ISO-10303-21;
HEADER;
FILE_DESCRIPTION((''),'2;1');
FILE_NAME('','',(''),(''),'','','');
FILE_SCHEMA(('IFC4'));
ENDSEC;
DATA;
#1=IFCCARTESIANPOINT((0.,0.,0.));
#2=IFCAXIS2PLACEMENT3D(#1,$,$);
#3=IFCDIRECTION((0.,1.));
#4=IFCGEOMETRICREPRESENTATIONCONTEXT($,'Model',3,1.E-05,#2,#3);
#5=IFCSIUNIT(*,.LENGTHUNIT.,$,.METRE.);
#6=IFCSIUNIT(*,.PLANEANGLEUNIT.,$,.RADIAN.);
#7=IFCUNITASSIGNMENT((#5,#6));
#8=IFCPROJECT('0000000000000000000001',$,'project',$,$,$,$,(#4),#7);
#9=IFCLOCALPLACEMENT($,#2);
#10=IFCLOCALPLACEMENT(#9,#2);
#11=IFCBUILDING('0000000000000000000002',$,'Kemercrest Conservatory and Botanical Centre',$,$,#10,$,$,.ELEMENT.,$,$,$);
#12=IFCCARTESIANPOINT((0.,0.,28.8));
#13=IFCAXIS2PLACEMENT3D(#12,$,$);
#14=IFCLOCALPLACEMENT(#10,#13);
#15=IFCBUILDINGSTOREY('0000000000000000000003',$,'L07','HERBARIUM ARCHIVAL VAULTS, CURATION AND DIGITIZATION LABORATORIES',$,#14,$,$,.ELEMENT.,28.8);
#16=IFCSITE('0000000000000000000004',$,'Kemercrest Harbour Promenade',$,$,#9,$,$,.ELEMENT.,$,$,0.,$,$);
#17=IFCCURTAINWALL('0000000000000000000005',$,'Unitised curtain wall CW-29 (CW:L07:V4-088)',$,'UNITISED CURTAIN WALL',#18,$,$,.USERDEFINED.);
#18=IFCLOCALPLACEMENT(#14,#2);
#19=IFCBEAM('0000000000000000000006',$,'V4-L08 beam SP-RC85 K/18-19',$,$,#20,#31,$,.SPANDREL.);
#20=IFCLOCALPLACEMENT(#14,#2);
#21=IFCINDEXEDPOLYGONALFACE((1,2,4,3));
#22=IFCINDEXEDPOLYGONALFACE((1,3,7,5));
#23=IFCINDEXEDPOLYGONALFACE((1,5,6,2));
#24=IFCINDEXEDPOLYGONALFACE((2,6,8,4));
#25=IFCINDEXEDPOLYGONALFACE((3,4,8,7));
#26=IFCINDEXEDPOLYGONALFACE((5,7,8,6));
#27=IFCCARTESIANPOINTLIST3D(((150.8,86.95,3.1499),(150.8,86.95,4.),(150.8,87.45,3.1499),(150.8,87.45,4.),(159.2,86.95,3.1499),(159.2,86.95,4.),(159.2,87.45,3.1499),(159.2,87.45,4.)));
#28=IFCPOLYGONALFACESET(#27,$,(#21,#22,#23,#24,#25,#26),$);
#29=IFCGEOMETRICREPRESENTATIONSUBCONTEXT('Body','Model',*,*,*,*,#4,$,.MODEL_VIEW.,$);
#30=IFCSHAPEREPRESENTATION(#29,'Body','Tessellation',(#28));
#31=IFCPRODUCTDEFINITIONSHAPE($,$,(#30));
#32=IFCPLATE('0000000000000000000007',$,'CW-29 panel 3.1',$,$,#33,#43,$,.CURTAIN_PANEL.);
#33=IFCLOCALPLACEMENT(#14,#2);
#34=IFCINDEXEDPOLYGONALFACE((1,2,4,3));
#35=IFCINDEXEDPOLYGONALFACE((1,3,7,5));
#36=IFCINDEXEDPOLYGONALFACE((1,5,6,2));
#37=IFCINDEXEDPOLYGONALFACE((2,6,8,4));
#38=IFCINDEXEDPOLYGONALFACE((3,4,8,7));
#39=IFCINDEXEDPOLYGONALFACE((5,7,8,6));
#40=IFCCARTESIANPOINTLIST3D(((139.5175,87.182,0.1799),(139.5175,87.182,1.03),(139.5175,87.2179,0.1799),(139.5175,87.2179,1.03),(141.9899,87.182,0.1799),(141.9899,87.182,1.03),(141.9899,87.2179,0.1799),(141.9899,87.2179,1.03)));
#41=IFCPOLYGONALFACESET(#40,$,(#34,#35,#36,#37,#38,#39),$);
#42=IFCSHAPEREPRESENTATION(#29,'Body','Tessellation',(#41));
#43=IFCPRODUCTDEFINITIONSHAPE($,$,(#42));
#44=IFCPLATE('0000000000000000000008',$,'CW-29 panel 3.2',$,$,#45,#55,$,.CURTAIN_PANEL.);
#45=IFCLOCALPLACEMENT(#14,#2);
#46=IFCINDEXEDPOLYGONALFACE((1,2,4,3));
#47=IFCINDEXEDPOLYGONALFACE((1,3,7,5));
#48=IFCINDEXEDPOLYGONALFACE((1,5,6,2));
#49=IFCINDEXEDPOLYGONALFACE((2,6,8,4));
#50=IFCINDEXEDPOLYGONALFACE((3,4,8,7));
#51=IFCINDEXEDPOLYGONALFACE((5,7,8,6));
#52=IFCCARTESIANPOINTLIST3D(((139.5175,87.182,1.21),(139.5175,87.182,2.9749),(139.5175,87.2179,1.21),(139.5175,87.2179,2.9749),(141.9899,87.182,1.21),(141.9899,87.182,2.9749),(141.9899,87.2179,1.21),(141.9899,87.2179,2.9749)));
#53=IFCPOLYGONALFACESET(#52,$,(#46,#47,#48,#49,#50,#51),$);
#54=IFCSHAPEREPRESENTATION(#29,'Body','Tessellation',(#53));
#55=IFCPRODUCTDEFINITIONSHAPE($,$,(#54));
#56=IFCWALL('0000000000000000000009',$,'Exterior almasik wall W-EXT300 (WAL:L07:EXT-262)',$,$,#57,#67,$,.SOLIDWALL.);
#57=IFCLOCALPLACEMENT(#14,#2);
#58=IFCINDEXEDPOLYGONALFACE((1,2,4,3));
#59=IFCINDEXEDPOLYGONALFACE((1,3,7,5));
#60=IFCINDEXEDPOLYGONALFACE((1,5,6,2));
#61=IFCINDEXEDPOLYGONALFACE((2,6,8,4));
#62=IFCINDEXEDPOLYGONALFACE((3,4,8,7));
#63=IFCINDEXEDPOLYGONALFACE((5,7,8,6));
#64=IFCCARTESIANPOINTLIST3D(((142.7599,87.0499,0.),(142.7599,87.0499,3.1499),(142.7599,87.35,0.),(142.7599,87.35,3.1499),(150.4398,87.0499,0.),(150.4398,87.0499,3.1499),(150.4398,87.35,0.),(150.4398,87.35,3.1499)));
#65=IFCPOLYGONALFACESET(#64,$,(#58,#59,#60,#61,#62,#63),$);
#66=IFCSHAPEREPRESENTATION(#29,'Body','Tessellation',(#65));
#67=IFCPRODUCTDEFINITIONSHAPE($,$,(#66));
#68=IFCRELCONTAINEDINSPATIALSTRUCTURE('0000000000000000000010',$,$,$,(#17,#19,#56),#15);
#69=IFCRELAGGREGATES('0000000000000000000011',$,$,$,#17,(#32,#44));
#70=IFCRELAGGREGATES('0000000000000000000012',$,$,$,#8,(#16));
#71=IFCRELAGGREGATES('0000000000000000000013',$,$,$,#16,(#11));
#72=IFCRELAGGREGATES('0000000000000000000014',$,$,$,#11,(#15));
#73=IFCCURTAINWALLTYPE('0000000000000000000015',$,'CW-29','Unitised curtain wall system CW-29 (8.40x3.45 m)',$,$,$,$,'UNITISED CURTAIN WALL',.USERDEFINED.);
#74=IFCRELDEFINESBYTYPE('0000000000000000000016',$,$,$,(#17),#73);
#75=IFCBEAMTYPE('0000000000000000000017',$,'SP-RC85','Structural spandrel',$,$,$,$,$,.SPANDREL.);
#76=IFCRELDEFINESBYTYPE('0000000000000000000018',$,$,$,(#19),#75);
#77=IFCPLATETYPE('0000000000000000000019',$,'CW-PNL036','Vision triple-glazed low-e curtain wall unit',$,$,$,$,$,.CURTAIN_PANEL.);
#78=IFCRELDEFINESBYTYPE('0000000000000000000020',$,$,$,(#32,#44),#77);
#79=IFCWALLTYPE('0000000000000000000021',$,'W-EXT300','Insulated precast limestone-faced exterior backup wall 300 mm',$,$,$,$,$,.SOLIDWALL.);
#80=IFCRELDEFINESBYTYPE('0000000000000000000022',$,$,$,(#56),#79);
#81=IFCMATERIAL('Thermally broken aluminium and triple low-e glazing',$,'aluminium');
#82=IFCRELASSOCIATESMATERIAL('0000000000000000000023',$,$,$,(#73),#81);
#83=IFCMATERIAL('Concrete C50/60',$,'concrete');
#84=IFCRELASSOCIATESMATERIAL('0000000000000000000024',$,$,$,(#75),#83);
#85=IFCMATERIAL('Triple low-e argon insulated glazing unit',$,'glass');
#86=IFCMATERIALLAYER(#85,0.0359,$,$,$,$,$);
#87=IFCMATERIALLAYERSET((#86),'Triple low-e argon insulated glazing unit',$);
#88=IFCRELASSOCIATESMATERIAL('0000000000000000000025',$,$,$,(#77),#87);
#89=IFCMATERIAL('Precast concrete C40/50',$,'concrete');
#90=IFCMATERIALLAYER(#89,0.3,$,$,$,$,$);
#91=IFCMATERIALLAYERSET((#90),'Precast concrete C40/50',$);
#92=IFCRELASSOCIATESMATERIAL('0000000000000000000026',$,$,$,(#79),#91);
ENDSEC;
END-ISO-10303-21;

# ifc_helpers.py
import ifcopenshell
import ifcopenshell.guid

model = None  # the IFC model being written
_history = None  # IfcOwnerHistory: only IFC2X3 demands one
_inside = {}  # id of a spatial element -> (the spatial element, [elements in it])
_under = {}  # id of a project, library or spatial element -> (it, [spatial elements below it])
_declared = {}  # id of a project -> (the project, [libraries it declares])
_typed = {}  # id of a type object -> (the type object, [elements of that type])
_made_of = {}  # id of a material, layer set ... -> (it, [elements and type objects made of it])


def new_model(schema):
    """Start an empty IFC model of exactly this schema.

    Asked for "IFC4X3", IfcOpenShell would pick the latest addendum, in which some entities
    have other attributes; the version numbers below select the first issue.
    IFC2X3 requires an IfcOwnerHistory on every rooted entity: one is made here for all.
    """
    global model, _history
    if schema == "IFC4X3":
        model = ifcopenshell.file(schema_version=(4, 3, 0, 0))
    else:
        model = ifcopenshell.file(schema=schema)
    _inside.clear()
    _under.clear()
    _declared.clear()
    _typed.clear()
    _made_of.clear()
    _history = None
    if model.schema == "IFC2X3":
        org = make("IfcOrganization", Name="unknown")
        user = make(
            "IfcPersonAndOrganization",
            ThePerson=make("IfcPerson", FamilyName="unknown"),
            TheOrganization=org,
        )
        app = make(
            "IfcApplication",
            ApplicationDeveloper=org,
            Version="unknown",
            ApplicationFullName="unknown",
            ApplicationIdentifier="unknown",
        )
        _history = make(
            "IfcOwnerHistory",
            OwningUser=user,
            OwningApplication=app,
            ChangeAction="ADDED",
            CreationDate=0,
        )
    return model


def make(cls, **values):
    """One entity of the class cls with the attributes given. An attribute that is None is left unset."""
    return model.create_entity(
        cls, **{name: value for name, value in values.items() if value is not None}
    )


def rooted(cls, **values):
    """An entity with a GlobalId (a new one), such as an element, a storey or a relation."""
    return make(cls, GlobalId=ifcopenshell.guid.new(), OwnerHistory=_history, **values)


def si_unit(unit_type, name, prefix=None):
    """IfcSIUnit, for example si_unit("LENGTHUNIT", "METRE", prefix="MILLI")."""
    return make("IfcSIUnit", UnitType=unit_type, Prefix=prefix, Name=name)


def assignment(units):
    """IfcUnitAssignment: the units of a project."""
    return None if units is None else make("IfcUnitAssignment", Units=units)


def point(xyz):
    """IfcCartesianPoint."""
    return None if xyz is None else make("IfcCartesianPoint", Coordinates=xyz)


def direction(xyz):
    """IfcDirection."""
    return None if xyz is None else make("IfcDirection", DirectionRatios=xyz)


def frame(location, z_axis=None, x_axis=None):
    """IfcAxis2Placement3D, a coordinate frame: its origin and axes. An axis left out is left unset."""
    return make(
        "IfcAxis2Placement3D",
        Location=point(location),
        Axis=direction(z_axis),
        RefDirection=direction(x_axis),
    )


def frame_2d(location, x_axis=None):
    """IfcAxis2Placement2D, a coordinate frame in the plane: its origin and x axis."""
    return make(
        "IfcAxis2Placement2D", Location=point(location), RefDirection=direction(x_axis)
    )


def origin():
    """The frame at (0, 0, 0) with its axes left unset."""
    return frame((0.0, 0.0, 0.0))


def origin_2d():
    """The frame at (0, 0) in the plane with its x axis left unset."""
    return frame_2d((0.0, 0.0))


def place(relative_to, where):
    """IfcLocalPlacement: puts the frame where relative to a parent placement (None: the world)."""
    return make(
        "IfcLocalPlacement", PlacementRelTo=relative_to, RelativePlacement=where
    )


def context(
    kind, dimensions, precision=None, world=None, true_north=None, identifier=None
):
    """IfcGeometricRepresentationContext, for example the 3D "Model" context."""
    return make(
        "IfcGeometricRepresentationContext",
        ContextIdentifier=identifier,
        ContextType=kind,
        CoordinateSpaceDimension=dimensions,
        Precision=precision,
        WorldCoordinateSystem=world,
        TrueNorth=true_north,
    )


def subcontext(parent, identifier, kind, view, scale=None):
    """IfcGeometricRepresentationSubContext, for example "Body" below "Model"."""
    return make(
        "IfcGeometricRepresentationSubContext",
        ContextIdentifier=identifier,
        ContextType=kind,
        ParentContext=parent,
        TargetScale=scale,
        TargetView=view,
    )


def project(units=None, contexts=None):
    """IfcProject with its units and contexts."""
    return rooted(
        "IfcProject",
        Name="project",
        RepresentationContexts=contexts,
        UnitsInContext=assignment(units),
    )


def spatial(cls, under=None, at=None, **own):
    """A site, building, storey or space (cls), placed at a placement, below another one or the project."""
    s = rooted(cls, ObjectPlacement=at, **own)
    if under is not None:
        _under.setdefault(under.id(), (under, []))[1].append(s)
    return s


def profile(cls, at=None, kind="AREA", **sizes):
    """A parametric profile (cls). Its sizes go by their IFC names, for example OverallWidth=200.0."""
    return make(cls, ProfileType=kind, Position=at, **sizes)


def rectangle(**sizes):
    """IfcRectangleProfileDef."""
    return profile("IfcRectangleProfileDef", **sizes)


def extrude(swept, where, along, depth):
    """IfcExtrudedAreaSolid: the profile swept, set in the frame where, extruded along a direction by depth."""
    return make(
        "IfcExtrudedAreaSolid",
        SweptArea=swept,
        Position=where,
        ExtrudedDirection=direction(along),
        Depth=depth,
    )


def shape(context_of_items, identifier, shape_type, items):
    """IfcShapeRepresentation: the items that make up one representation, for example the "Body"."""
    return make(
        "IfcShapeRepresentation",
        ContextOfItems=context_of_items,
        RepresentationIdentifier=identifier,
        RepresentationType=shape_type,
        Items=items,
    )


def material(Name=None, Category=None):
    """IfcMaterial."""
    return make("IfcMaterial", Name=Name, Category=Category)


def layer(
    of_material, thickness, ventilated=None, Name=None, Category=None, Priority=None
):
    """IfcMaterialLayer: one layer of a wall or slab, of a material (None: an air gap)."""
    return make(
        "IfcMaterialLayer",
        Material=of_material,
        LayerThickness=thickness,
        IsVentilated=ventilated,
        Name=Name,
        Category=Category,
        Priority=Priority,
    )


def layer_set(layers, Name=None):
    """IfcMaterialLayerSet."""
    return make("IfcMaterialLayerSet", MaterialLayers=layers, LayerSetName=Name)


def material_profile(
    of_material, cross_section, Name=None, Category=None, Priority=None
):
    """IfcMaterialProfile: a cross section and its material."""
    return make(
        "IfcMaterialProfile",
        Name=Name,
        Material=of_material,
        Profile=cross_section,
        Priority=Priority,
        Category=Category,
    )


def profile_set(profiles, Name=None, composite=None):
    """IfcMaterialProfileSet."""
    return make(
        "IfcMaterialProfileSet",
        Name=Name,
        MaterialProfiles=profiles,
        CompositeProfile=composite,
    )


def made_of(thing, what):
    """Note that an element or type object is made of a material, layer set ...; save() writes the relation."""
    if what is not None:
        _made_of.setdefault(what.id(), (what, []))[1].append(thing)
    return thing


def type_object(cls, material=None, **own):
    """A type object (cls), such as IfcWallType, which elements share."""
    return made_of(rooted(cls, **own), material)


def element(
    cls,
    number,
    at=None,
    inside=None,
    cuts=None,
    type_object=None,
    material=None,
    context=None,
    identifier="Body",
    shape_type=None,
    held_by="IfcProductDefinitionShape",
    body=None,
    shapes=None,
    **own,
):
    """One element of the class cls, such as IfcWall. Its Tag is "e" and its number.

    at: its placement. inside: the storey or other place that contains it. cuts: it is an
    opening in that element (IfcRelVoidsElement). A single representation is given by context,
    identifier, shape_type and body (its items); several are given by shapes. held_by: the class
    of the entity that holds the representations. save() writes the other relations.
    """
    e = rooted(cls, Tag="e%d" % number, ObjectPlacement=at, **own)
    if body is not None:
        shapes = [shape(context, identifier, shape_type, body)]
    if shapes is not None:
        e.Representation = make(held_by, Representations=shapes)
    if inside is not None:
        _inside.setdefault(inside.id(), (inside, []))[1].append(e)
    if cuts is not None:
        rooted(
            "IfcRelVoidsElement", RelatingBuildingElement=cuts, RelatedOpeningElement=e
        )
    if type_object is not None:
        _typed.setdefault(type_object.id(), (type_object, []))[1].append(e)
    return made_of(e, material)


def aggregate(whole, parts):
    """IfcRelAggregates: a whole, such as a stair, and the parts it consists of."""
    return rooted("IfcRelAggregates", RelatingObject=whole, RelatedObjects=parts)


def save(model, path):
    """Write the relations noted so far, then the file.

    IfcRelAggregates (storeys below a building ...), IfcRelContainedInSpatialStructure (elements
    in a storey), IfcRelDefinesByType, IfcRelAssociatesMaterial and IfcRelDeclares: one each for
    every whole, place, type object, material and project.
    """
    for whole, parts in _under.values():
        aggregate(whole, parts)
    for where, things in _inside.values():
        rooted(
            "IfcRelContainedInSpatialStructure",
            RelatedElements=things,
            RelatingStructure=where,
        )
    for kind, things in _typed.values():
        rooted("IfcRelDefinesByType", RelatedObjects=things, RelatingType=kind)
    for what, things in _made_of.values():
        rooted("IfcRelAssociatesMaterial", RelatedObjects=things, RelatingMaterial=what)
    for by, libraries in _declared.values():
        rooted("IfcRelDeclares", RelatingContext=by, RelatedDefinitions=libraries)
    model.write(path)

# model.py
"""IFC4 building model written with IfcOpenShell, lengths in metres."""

from ifc_helpers import new_model, si_unit, direction, frame, frame_2d, origin, origin_2d, place, context, subcontext, project, spatial, rectangle, extrude, material, layer, layer_set, material_profile, profile_set, type_object, element, aggregate, save


model = new_model("IFC4")

# Units and contexts
model_context = context("Model", 3, precision=1e-05, world=origin(), true_north=direction((0.0, 1.0)))
body_context = subcontext(model_context, "Body", "Model", "MODEL_VIEW")
ifc_project = project(units=[si_unit("LENGTHUNIT", "METRE"), si_unit("PLANEANGLEUNIT", "RADIAN")], contexts=[model_context])

# Site, building, storey
site_placement = place(None, origin())
site = spatial("IfcSite", under=ifc_project, at=site_placement, Name="Kemercrest Harbour Promenade", CompositionType="ELEMENT", RefElevation=0.0)
building_placement = place(site_placement, origin())
building = spatial("IfcBuilding", under=site, at=building_placement, Name="Kemercrest Conservatory and Botanical Centre", CompositionType="ELEMENT")
storey_placement = place(building_placement, frame((0.0, 0.0, 28.8)))
storey = spatial("IfcBuildingStorey", under=building, at=storey_placement, Name="L07", Description="HERBARIUM ARCHIVAL VAULTS, CURATION AND DIGITIZATION LABORATORIES", CompositionType="ELEMENT", Elevation=28.8)

# Shared definitions
ifc_material_1 = material(Name="Concrete C50/60", Category="concrete")

# Curtain wall
ifc_material_2 = material(Name="Thermally broken aluminium and triple low-e glazing", Category="aluminium")
curtain_wall_type = type_object("IfcCurtainWallType", Name="CW-29", Description="Unitised curtain wall system CW-29 (8.40x3.45 m)", ElementType="UNITISED CURTAIN WALL", PredefinedType="USERDEFINED", material=ifc_material_2)
curtain_wall_placement = place(storey_placement, origin())
curtain_wall = element("IfcCurtainWall", 1, at=curtain_wall_placement, inside=storey, type_object=curtain_wall_type, Name="Unitised curtain wall CW-29 (CW:L07:V4-088)", ObjectType="UNITISED CURTAIN WALL", PredefinedType="USERDEFINED")

# Beam
ifc_material_profile_1 = material_profile(ifc_material_1, rectangle(XDim=0.5, YDim=0.8501, at=origin_2d()), Name="RC 500x850")
ifc_profile_set_1 = profile_set([ifc_material_profile_1], Name="Concrete C50/60")
beam_type_1 = type_object("IfcBeamType", Name="SP-RC85", Description="Structural spandrel", PredefinedType="SPANDREL", material=ifc_profile_set_1)
beam_1_placement = place(storey_placement, frame((150.8, 87.2, 3.575), z_axis=(1.0, 0.0, 0.0), x_axis=(0.0, 1.0, 0.0)))
element("IfcBeam", 2, at=beam_1_placement, inside=storey, type_object=beam_type_1, Name="V4-L08 beam SP-RC85 K/18-19", PredefinedType="SPANDREL", context=body_context, shape_type="SweptSolid", body=[
    extrude(rectangle(XDim=0.5, YDim=0.8501, at=origin_2d()), origin(), (0.0, 0.0, 1.0), 8.3999),
])

# Plates
ifc_material_3 = material(Name="Triple low-e argon insulated glazing unit", Category="glass")
ifc_layer_1 = layer(ifc_material_3, 0.0359)
ifc_layer_set_1 = layer_set([ifc_layer_1], Name="Triple low-e argon insulated glazing unit")
plate_type = type_object("IfcPlateType", Name="CW-PNL036", Description="Vision triple-glazed low-e curtain wall unit", PredefinedType="CURTAIN_PANEL", material=ifc_layer_set_1)
plate_1_placement = place(storey_placement, frame((140.7537, 87.2, 0.1799), z_axis=(0.0, 0.0, 1.0), x_axis=(1.0, 0.0, 0.0)))
plate_1 = element("IfcPlate", 3, at=plate_1_placement, type_object=plate_type, Name="CW-29 panel 3.1", PredefinedType="CURTAIN_PANEL", context=body_context, shape_type="SweptSolid", body=[
    extrude(rectangle(XDim=2.4724, YDim=0.0359, at=origin_2d()), origin(), (0.0, 0.0, 1.0), 0.8501),
])
plate_2_placement = place(storey_placement, frame((140.7537, 87.2, 1.21), z_axis=(0.0, 0.0, 1.0), x_axis=(1.0, 0.0, 0.0)))
plate_2 = element("IfcPlate", 4, at=plate_2_placement, type_object=plate_type, Name="CW-29 panel 3.2", PredefinedType="CURTAIN_PANEL", context=body_context, shape_type="SweptSolid", body=[
    extrude(rectangle(XDim=2.4724, YDim=0.0359, at=origin_2d()), origin(), (0.0, 0.0, 1.0), 1.7649),
])
aggregate(curtain_wall, [plate_1, plate_2])

# Wall
ifc_material_4 = material(Name="Precast concrete C40/50", Category="concrete")
ifc_layer_2 = layer(ifc_material_4, 0.3)
ifc_layer_set_2 = layer_set([ifc_layer_2], Name="Precast concrete C40/50")
wall_type_1 = type_object("IfcWallType", Name="W-EXT300", Description="Insulated precast limestone-faced exterior backup wall 300 mm", PredefinedType="SOLIDWALL", material=ifc_layer_set_2)
wall_1_placement = place(storey_placement, frame((142.76, 87.2, 0.0), z_axis=(0.0, 0.0, 1.0), x_axis=(1.0, 0.0, 0.0)))
element("IfcWall", 5, at=wall_1_placement, inside=storey, type_object=wall_type_1, Name="Exterior almasik wall W-EXT300 (WAL:L07:EXT-262)", PredefinedType="SOLIDWALL", context=body_context, shape_type="SweptSolid", body=[
    extrude(rectangle(XDim=7.6799, YDim=0.3, at=frame_2d((3.8398, 0.0))), origin(), (0.0, 0.0, 1.0), 3.1499),
])

save(model, "model.ifc")
